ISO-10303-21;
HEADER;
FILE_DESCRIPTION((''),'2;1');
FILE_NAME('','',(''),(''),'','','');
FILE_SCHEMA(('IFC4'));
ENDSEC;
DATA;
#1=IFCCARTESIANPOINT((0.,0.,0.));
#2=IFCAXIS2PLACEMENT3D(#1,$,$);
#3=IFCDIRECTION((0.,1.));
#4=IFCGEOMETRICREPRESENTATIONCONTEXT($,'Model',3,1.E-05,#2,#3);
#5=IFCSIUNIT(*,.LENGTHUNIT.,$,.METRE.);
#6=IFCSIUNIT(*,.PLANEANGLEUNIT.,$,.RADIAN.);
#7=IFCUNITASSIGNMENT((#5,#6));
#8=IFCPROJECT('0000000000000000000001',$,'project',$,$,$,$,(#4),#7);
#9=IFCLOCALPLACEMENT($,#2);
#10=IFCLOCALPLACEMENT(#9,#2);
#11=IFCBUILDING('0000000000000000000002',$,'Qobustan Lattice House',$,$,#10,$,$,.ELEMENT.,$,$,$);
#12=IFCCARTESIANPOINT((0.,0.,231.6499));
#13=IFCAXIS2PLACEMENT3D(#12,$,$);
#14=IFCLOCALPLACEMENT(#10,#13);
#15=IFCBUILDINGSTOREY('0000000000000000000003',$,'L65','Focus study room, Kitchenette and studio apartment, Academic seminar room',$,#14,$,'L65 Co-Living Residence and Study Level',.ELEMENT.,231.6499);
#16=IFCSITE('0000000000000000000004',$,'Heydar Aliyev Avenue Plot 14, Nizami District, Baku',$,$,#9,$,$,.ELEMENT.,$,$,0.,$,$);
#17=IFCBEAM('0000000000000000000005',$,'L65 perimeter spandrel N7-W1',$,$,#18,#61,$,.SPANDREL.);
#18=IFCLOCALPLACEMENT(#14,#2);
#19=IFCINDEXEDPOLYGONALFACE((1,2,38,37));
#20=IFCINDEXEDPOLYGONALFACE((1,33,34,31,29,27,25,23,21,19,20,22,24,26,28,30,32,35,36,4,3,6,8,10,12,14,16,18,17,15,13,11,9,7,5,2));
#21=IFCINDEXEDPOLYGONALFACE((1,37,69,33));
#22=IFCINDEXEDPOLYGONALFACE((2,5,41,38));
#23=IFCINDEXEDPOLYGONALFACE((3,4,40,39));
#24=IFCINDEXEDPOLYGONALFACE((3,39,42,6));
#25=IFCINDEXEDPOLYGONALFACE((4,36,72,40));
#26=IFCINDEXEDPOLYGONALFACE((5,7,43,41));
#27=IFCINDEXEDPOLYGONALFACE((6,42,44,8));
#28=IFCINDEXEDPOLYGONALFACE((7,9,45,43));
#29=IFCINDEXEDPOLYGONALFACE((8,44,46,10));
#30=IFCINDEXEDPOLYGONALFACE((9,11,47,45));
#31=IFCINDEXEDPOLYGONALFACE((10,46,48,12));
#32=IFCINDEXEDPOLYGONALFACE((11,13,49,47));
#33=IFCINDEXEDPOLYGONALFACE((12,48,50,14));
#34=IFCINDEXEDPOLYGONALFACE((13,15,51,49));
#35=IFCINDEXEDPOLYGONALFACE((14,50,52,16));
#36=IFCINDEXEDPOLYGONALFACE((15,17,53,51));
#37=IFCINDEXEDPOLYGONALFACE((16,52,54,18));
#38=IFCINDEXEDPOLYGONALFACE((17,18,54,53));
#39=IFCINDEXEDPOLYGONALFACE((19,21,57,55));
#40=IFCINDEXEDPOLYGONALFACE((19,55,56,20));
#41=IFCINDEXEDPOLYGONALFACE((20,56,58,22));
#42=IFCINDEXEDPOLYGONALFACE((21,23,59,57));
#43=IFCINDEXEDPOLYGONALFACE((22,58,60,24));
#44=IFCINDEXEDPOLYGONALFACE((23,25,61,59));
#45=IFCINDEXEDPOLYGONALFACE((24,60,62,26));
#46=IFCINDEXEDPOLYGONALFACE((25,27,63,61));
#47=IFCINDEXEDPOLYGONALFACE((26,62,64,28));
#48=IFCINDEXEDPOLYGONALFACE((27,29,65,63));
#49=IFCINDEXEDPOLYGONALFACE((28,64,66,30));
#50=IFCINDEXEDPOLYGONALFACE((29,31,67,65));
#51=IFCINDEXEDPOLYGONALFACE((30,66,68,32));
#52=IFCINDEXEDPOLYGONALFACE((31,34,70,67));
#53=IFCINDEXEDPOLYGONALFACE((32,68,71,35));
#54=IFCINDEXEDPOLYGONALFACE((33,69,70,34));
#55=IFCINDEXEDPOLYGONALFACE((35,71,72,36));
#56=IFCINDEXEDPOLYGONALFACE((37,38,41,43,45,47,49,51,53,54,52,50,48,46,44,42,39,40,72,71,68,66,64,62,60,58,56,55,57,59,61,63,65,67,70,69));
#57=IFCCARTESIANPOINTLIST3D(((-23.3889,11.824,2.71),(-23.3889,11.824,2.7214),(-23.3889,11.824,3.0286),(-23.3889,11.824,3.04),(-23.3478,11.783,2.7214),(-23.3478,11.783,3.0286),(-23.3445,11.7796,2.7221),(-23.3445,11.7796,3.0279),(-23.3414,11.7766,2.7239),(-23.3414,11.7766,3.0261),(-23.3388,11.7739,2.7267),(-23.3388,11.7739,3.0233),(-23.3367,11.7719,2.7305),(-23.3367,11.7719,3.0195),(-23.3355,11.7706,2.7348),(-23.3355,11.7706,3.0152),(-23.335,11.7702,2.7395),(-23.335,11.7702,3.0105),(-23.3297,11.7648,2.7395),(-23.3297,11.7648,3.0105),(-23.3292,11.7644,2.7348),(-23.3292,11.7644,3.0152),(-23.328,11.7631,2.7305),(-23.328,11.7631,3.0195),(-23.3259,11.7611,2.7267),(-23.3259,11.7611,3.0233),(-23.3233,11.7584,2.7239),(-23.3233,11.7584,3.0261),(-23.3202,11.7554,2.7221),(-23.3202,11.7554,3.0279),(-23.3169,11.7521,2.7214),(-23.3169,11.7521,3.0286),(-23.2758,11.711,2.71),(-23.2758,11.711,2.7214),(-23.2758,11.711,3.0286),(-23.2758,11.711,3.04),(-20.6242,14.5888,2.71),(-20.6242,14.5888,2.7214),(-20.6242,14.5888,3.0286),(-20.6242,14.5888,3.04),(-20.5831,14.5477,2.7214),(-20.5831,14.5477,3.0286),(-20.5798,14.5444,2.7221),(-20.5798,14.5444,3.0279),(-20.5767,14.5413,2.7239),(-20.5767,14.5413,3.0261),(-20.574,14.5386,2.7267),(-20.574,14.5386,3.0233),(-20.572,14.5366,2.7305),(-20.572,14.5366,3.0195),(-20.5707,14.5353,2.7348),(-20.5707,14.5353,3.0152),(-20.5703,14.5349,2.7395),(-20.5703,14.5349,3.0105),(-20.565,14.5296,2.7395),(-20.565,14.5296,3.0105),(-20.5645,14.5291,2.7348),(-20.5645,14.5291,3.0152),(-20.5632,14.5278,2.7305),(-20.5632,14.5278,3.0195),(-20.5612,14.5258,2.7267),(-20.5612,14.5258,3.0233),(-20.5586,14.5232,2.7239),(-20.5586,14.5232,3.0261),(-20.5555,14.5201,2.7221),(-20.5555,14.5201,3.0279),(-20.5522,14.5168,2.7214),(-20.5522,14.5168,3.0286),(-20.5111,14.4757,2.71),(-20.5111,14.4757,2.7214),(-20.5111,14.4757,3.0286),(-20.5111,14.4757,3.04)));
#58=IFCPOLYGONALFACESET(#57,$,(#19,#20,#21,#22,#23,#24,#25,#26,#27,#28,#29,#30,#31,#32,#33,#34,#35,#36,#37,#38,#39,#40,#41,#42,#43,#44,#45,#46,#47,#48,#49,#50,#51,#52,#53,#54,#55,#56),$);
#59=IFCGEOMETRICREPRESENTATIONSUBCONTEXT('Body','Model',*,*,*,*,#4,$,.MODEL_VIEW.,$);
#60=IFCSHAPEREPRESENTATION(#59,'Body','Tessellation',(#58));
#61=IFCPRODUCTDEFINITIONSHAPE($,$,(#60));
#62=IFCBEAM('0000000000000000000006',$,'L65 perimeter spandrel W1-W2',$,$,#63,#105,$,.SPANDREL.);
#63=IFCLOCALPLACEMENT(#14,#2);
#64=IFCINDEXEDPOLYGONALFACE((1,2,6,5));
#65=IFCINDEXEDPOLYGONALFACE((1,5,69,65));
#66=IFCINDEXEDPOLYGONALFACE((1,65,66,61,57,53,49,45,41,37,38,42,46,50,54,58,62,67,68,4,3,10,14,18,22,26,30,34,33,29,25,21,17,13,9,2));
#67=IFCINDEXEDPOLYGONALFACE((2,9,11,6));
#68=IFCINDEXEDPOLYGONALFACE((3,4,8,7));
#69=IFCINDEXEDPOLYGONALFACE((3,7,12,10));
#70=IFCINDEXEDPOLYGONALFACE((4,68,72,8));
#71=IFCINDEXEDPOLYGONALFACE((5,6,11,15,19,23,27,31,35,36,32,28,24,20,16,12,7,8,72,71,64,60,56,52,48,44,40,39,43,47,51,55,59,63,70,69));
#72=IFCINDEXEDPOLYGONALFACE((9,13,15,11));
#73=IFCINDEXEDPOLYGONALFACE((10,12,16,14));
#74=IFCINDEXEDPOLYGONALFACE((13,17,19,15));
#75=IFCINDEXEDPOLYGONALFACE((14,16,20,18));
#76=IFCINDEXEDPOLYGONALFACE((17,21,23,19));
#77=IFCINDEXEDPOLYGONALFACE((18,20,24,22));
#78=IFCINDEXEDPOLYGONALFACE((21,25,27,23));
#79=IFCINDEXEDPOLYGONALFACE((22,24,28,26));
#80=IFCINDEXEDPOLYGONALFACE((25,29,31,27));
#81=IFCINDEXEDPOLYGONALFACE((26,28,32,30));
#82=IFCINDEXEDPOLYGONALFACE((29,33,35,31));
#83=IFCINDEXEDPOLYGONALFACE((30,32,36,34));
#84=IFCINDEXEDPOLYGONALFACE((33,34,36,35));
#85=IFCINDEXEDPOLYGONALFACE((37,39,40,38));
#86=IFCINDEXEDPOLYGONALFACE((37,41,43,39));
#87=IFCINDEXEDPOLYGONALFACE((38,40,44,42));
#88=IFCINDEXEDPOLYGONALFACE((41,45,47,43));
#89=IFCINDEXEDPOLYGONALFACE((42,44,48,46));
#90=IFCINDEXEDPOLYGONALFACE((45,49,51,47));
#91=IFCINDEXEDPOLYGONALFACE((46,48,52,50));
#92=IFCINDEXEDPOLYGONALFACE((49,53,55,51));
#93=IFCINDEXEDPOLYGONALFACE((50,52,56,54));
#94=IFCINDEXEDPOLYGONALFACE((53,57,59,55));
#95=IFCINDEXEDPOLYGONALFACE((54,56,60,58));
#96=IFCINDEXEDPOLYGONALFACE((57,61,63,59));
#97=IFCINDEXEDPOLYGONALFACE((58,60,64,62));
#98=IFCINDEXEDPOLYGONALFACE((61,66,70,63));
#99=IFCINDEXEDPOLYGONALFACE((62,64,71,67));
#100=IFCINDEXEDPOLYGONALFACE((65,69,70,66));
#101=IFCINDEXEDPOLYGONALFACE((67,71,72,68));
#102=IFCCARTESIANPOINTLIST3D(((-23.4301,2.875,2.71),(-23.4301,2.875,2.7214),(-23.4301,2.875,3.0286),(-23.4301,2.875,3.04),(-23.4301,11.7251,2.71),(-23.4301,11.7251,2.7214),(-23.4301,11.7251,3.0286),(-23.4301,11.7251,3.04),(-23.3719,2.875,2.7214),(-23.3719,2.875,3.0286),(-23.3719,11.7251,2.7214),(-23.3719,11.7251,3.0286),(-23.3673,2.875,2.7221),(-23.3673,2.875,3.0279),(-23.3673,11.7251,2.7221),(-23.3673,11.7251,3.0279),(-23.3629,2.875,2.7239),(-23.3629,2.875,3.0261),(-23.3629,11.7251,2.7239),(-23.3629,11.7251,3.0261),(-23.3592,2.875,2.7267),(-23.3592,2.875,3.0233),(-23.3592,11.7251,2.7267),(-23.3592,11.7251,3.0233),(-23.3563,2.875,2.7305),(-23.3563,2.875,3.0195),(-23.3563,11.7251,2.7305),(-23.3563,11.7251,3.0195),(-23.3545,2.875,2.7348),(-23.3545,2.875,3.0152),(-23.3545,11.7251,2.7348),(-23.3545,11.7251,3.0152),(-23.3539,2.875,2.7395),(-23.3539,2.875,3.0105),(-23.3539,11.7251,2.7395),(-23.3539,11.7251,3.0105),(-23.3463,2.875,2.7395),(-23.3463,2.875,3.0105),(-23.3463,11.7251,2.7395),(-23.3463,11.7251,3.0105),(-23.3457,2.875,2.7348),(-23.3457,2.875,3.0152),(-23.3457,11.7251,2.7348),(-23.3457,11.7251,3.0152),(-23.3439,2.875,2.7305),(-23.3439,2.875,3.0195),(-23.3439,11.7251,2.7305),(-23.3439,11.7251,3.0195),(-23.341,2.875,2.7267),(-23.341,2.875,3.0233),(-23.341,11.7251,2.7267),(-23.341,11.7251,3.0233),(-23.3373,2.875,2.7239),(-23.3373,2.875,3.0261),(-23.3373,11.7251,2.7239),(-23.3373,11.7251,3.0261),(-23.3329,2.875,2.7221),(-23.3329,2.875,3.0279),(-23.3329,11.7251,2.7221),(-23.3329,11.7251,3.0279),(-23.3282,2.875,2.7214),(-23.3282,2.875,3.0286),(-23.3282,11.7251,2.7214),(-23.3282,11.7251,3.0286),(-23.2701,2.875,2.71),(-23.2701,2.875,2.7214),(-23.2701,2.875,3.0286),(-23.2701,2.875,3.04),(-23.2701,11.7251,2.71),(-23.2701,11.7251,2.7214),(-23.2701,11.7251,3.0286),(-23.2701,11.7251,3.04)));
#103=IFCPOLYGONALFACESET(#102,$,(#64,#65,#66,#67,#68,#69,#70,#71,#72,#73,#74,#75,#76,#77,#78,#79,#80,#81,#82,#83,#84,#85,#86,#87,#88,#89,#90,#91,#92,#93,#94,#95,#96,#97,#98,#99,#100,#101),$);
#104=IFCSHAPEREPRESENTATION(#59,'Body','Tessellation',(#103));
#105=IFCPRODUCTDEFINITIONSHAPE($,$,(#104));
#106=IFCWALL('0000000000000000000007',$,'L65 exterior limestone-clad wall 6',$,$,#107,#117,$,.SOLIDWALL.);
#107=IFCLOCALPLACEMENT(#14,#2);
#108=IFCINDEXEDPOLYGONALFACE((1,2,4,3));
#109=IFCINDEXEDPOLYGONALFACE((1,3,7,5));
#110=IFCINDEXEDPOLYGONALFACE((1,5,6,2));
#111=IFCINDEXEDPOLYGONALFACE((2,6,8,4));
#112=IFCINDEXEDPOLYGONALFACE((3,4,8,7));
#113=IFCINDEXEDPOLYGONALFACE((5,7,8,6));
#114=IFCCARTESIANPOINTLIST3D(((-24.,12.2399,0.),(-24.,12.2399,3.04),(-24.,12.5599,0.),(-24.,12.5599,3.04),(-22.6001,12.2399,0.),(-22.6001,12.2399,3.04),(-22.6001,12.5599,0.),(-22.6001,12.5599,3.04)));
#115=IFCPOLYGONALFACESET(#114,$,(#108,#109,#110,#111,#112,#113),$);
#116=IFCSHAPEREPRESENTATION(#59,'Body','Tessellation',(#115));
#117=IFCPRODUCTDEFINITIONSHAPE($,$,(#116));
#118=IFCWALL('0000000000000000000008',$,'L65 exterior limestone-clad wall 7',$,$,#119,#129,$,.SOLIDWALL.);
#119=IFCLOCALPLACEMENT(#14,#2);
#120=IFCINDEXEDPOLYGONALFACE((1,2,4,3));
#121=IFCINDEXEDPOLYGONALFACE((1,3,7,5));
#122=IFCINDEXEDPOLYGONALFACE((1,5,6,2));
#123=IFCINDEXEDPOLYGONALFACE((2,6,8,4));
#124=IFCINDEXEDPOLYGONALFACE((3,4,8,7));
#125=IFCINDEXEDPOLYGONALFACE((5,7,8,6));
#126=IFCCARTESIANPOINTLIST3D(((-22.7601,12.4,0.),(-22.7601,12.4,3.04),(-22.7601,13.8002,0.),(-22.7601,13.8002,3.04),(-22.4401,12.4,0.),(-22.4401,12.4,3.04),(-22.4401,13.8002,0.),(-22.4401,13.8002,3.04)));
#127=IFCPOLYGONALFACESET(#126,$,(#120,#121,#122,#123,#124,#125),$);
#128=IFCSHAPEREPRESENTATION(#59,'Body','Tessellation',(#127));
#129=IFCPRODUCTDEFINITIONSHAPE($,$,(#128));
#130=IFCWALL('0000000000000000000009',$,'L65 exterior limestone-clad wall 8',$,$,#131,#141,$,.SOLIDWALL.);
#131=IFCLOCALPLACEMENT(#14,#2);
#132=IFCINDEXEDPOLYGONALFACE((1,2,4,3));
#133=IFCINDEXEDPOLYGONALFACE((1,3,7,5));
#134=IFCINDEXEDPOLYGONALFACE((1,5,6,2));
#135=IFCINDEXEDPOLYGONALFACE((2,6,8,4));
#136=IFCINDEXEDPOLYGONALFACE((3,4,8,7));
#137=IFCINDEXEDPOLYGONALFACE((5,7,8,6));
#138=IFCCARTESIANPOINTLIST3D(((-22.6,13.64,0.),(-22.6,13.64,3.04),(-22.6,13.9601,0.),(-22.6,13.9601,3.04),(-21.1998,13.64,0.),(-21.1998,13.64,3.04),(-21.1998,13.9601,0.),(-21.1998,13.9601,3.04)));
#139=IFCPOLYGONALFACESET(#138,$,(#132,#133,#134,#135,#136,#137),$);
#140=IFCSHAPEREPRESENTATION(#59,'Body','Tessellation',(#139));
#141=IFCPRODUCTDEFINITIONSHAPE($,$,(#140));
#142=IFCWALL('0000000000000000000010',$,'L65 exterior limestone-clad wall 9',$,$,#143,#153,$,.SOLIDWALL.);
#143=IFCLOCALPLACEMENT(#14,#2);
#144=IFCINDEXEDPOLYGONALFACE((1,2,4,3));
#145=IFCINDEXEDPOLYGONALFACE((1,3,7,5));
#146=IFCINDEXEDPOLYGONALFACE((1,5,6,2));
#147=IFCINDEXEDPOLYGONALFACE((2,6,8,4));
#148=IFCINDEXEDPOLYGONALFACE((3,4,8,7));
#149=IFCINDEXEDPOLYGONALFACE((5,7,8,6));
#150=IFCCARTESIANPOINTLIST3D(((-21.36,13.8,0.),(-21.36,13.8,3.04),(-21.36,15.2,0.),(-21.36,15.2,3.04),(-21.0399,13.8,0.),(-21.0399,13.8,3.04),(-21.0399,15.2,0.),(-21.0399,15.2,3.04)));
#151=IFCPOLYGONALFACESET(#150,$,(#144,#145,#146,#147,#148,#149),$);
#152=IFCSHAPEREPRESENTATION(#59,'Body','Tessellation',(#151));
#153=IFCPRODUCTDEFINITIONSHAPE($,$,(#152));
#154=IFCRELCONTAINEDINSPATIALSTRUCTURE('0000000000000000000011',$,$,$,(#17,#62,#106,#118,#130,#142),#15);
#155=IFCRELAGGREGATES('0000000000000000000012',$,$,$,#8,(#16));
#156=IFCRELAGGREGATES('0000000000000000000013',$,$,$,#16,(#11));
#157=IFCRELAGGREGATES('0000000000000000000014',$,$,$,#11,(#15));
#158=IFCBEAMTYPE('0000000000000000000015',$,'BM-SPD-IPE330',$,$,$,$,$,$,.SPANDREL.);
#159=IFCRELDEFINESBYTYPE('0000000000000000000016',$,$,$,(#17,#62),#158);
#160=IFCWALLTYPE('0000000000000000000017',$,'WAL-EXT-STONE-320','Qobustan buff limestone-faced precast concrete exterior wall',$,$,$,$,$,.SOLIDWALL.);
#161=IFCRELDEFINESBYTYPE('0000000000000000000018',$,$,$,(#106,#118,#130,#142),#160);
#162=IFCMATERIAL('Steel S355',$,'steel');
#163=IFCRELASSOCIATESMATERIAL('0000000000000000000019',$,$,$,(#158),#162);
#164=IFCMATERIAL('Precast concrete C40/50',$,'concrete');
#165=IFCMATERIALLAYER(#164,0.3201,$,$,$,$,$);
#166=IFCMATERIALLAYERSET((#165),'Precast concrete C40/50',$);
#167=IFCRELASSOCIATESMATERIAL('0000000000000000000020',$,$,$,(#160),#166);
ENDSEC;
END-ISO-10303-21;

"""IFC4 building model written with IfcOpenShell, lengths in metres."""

from ifc_helpers import new_model, si_unit, direction, frame, frame_2d, origin, origin_2d, place, context, subcontext, project, spatial, rectangle, i_section, extrude, material, layer, layer_set, material_profile, profile_set, type_object, element, save


model = new_model("IFC4")

# Units and contexts
model_context = context("Model", 3, precision=1e-05, world=origin(), true_north=direction((0.0, 1.0)))
body_context = subcontext(model_context, "Body", "Model", "MODEL_VIEW")
ifc_project = project(units=[si_unit("LENGTHUNIT", "METRE"), si_unit("PLANEANGLEUNIT", "RADIAN")], contexts=[model_context])

# Site, building, storey
site_placement = place(None, origin())
site = spatial("IfcSite", under=ifc_project, at=site_placement, Name="Heydar Aliyev Avenue Plot 14, Nizami District, Baku", CompositionType="ELEMENT", RefElevation=0.0)
building_placement = place(site_placement, origin())
building = spatial("IfcBuilding", under=site, at=building_placement, Name="Qobustan Lattice House", CompositionType="ELEMENT")
storey_placement = place(building_placement, frame((0.0, 0.0, 231.6499)))
storey = spatial("IfcBuildingStorey", under=building, at=storey_placement, Name="L65", Description="Focus study room, Kitchenette and studio apartment, Academic seminar room", LongName="L65 Co-Living Residence and Study Level", CompositionType="ELEMENT", Elevation=231.6499)

# Beams
ifc_material_1 = material(Name="Steel S355", Category="steel")
ifc_material_profile_1 = material_profile(ifc_material_1, i_section(OverallWidth=0.1599, OverallDepth=0.3301, WebThickness=0.0076, FlangeThickness=0.0115, FilletRadius=0.0181, at=origin_2d()), Name="IPE330")
ifc_profile_set_1 = profile_set([ifc_material_profile_1], Name="Steel S355")
beam_type_1 = type_object("IfcBeamType", Name="BM-SPD-IPE330", PredefinedType="SPANDREL", material=ifc_profile_set_1)
beam_1_placement = place(storey_placement, frame((-20.5676, 14.5322, 2.875), z_axis=(-0.707107, -0.707107, 0.0), x_axis=(0.707107, -0.707107, 0.0)))
element("IfcBeam", 1, at=beam_1_placement, inside=storey, type_object=beam_type_1, Name="L65 perimeter spandrel N7-W1", PredefinedType="SPANDREL", context=body_context, shape_type="SweptSolid", body=[
    extrude(i_section(OverallWidth=0.1599, OverallDepth=0.3301, WebThickness=0.0076, FlangeThickness=0.0115, FilletRadius=0.0181, at=origin_2d()), origin(), (0.0, 0.0, 1.0), 3.9099),
])
beam_2_placement = place(storey_placement, frame((-23.3501, 11.7251, 2.875), z_axis=(0.0, -1.0, 0.0), x_axis=(1.0, 0.0, 0.0)))
element("IfcBeam", 2, at=beam_2_placement, inside=storey, type_object=beam_type_1, Name="L65 perimeter spandrel W1-W2", PredefinedType="SPANDREL", context=body_context, shape_type="SweptSolid", body=[
    extrude(i_section(OverallWidth=0.1599, OverallDepth=0.3301, WebThickness=0.0076, FlangeThickness=0.0115, FilletRadius=0.0181, at=origin_2d()), origin(), (0.0, 0.0, 1.0), 8.8501),
])

# Walls
ifc_material_2 = material(Name="Precast concrete C40/50", Category="concrete")
ifc_layer_1 = layer(ifc_material_2, 0.3201)
ifc_layer_set_1 = layer_set([ifc_layer_1], Name="Precast concrete C40/50")
wall_type_1 = type_object("IfcWallType", Name="WAL-EXT-STONE-320", Description="Qobustan buff limestone-faced precast concrete exterior wall", PredefinedType="SOLIDWALL", material=ifc_layer_set_1)
wall_1_placement = place(storey_placement, frame((-24.0, 12.3999, 0.0), z_axis=(0.0, 0.0, 1.0), x_axis=(1.0, 0.0, 0.0)))
element("IfcWall", 3, at=wall_1_placement, inside=storey, type_object=wall_type_1, Name="L65 exterior limestone-clad wall 6", PredefinedType="SOLIDWALL", context=body_context, shape_type="SweptSolid", body=[
    extrude(rectangle(XDim=1.3999, YDim=0.3201, at=frame_2d((0.7, 0.0))), origin(), (0.0, 0.0, 1.0), 3.04),
])
for number, where, z_axis, x_axis, name in (
    (4, (-22.6001, 12.3999, 0.0), (0.0, 0.0, 1.0), (0.0, 1.0, 0.0), "L65 exterior limestone-clad wall 7"),
    (5, (-22.6001, 13.8, 0.0), (0.0, 0.0, 1.0), (1.0, 0.0, 0.0), "L65 exterior limestone-clad wall 8"),
):
    element("IfcWall", number, at=place(storey_placement, frame(where, z_axis=z_axis, x_axis=x_axis)), inside=storey, type_object=wall_type_1, Name=name, PredefinedType="SOLIDWALL", context=body_context, shape_type="SweptSolid", body=[
        extrude(rectangle(XDim=1.4001, YDim=0.3201, at=frame_2d((0.7002, 0.0))), origin(), (0.0, 0.0, 1.0), 3.04),
    ])
wall_2_placement = place(storey_placement, frame((-21.2, 13.8, 0.0), z_axis=(0.0, 0.0, 1.0), x_axis=(0.0, 1.0, 0.0)))
element("IfcWall", 6, at=wall_2_placement, inside=storey, type_object=wall_type_1, Name="L65 exterior limestone-clad wall 9", PredefinedType="SOLIDWALL", context=body_context, shape_type="SweptSolid", body=[
    extrude(rectangle(XDim=1.3999, YDim=0.3201, at=frame_2d((0.7, 0.0))), origin(), (0.0, 0.0, 1.0), 3.04),
])

save(model, "model.ifc")
